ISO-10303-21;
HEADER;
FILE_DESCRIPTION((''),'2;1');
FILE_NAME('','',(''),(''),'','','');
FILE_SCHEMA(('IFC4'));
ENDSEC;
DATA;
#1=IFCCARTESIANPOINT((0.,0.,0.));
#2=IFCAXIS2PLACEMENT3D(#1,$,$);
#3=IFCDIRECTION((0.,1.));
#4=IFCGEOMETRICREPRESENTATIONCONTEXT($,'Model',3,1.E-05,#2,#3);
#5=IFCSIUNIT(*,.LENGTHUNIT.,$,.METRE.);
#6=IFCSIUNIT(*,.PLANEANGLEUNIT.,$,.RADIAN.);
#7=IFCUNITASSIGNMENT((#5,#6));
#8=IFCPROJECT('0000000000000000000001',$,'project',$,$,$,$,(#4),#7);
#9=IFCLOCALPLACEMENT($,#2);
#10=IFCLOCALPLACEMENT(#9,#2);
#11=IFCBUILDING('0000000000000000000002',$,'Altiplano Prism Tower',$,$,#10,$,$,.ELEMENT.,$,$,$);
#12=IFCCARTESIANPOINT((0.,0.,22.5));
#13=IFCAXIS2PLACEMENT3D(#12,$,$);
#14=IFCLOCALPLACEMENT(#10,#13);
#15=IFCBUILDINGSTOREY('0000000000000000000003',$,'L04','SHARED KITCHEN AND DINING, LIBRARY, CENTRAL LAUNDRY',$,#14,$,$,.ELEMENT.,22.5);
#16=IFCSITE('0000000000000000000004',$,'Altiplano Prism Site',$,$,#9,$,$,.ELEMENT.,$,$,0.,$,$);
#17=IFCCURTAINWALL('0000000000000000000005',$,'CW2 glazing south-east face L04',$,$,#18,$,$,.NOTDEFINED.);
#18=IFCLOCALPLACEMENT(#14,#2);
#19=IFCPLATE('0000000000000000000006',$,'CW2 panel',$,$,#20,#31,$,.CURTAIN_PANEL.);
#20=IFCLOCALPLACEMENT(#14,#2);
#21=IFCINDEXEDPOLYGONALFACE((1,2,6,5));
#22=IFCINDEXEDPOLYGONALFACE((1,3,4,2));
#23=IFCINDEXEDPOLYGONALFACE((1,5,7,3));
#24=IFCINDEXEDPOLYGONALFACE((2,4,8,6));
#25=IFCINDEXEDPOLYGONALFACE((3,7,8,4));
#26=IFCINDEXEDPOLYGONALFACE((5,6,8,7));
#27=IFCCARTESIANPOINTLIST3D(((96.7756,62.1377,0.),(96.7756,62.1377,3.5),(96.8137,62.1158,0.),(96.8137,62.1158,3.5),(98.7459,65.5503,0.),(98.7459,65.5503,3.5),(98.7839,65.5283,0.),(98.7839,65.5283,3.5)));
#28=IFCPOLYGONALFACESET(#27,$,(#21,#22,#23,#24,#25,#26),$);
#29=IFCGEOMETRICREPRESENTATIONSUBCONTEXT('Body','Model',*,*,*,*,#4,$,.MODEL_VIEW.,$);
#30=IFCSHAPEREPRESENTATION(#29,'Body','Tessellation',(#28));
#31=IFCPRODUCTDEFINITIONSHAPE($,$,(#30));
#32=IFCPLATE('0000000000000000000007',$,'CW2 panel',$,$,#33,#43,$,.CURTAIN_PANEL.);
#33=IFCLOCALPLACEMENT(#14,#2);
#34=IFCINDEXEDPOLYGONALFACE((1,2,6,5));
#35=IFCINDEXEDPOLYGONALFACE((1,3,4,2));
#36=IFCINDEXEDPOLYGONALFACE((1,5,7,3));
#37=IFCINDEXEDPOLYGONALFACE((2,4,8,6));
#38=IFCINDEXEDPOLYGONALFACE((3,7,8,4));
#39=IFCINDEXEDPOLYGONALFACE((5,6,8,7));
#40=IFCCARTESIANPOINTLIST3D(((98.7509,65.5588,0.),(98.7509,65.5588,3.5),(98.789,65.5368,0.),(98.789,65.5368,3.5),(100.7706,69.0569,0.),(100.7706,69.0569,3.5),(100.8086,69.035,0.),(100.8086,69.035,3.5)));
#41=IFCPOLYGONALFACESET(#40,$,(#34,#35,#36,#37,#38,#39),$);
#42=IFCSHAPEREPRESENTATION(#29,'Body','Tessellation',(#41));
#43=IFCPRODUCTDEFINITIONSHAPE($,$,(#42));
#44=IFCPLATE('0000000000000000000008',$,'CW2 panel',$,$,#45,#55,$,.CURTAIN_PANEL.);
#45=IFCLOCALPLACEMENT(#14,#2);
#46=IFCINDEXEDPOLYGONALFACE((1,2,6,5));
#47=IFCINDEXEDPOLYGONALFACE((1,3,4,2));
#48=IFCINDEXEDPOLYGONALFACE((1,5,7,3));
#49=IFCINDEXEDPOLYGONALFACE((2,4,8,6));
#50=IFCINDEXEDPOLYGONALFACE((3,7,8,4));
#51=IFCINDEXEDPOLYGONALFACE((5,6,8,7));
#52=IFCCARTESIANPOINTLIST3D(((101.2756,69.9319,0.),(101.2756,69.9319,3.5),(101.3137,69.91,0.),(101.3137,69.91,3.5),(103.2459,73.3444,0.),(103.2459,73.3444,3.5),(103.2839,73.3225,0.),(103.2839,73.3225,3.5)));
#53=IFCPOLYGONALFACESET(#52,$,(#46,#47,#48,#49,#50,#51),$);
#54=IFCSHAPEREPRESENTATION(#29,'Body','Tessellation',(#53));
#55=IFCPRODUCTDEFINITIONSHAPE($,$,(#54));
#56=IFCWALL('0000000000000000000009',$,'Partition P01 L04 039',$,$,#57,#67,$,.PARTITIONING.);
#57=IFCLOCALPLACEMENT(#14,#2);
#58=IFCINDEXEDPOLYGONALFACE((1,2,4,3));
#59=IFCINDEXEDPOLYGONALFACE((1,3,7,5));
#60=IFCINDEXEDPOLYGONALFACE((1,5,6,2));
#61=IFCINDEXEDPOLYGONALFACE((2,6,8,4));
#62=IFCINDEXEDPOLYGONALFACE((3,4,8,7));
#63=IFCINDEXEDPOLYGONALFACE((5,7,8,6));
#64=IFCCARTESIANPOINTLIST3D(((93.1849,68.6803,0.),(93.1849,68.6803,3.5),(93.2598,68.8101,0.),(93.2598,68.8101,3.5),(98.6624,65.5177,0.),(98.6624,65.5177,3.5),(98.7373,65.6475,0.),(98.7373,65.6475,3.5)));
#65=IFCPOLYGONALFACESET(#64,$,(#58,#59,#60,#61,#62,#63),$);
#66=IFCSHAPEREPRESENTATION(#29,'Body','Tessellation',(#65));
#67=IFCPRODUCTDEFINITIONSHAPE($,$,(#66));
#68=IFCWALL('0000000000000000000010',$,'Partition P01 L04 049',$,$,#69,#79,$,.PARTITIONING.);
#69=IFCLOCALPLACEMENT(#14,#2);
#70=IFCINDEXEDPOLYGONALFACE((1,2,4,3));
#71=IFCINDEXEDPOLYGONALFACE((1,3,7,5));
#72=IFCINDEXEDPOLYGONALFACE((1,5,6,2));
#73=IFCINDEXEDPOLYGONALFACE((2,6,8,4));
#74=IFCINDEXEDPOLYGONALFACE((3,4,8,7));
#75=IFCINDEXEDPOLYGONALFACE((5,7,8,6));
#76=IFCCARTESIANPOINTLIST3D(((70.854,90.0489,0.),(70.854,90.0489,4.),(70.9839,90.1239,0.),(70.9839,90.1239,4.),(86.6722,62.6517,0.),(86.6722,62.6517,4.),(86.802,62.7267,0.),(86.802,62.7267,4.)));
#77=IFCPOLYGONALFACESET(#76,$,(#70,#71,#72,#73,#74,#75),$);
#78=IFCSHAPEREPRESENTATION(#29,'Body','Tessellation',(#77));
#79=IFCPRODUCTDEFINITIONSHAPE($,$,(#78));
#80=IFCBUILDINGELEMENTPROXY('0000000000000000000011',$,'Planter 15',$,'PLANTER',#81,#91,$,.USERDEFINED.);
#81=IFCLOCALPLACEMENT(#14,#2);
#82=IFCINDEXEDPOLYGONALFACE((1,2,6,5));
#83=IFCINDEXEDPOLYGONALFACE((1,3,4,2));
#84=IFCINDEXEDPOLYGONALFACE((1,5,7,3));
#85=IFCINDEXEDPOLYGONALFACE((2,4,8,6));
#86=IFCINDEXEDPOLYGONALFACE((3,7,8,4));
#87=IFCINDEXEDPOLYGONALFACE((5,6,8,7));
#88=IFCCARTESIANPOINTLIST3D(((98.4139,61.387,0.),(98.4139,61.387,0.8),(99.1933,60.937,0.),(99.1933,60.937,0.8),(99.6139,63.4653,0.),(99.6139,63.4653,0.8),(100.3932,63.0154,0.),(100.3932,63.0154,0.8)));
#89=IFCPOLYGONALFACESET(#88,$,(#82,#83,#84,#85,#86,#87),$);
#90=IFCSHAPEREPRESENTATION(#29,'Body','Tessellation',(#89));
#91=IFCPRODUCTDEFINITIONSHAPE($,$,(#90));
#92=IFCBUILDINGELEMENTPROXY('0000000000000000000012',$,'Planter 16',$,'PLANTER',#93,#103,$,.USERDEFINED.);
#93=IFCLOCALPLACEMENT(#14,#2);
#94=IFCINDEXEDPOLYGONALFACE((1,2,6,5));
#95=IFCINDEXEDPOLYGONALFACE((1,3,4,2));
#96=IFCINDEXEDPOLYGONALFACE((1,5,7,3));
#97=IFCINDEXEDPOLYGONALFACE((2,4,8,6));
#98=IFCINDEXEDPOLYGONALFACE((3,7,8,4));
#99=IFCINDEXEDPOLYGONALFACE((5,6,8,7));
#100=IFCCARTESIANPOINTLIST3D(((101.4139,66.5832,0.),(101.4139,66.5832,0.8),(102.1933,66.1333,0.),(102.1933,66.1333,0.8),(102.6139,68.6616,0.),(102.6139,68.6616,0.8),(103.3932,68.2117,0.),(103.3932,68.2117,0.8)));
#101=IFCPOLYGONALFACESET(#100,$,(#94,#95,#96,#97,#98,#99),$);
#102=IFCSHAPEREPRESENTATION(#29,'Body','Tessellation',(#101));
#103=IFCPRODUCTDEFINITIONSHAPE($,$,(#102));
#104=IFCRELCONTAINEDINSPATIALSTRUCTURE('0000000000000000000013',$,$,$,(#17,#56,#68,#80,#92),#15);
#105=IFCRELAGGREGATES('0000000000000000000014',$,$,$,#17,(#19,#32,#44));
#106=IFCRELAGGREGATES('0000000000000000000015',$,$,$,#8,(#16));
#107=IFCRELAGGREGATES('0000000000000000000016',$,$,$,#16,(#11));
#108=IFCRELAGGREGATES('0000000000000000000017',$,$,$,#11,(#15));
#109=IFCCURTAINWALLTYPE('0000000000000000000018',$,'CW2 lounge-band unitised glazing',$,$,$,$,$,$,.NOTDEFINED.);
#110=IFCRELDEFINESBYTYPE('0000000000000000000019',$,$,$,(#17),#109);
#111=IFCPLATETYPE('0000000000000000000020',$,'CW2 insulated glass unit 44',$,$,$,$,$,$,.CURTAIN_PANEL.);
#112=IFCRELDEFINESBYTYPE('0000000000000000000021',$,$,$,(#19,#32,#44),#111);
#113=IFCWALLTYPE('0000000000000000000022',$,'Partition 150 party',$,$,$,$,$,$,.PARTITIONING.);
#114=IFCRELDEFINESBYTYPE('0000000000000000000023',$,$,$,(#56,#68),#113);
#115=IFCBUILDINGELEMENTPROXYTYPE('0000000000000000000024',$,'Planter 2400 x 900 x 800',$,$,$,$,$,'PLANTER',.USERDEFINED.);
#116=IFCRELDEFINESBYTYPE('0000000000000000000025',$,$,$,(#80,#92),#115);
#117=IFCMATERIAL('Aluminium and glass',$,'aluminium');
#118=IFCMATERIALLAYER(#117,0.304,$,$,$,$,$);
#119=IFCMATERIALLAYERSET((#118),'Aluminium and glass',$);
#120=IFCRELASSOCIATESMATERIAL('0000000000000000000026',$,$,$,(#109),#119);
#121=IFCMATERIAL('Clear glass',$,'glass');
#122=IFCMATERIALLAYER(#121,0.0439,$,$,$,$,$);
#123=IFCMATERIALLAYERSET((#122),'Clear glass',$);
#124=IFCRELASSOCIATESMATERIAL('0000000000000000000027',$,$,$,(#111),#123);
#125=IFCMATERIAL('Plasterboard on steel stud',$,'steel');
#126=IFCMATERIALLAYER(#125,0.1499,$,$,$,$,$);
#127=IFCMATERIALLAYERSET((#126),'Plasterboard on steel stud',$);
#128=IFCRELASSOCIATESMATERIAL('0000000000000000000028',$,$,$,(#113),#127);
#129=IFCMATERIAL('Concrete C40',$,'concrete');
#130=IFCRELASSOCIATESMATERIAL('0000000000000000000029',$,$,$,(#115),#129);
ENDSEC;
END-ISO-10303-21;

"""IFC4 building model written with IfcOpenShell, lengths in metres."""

from ifc_helpers import new_model, si_unit, direction, frame, frame_2d, origin, origin_2d, place, context, subcontext, project, spatial, rectangle, extrude, material, layer, layer_set, type_object, element, aggregate, save


model = new_model("IFC4")

# Units and contexts
model_context = context("Model", 3, precision=1e-05, world=origin(), true_north=direction((0.0, 1.0)))
body_context = subcontext(model_context, "Body", "Model", "MODEL_VIEW")
ifc_project = project(units=[si_unit("LENGTHUNIT", "METRE"), si_unit("PLANEANGLEUNIT", "RADIAN")], contexts=[model_context])

# Site, building, storey
site_placement = place(None, origin())
site = spatial("IfcSite", under=ifc_project, at=site_placement, Name="Altiplano Prism Site", CompositionType="ELEMENT", RefElevation=0.0)
building_placement = place(site_placement, origin())
building = spatial("IfcBuilding", under=site, at=building_placement, Name="Altiplano Prism Tower", CompositionType="ELEMENT")
storey_placement = place(building_placement, frame((0.0, 0.0, 22.5)))
storey = spatial("IfcBuildingStorey", under=building, at=storey_placement, Name="L04", Description="SHARED KITCHEN AND DINING, LIBRARY, CENTRAL LAUNDRY", CompositionType="ELEMENT", Elevation=22.5)

# Curtain wall
ifc_material_1 = material(Name="Aluminium and glass", Category="aluminium")
ifc_layer_1 = layer(ifc_material_1, 0.304)
ifc_layer_set_1 = layer_set([ifc_layer_1], Name="Aluminium and glass")
curtain_wall_type = type_object("IfcCurtainWallType", Name="CW2 lounge-band unitised glazing", PredefinedType="NOTDEFINED", material=ifc_layer_set_1)
curtain_wall_placement = place(storey_placement, origin())
curtain_wall = element("IfcCurtainWall", 1, at=curtain_wall_placement, inside=storey, type_object=curtain_wall_type, Name="CW2 glazing south-east face L04", PredefinedType="NOTDEFINED")

# Plates
ifc_material_2 = material(Name="Clear glass", Category="glass")
ifc_layer_2 = layer(ifc_material_2, 0.0439)
ifc_layer_set_2 = layer_set([ifc_layer_2], Name="Clear glass")
plate_type = type_object("IfcPlateType", Name="CW2 insulated glass unit 44", PredefinedType="CURTAIN_PANEL", material=ifc_layer_set_2)
plate_1_placement = place(storey_placement, frame((97.7798, 63.833, 0.0), z_axis=(0.0, 0.0, 1.0), x_axis=(0.5, 0.866025, 0.0)))
plate_1 = element("IfcPlate", 2, at=plate_1_placement, type_object=plate_type, Name="CW2 panel", PredefinedType="CURTAIN_PANEL", context=body_context, shape_type="SweptSolid", body=[
    extrude(rectangle(XDim=3.9404, YDim=0.0439, at=origin_2d()), origin(), (0.0, 0.0, 1.0), 3.5),
])
plate_2_placement = place(storey_placement, frame((99.7798, 67.2969, 0.0), z_axis=(0.0, 0.0, 1.0), x_axis=(0.5, 0.866025, 0.0)))
plate_2 = element("IfcPlate", 3, at=plate_2_placement, type_object=plate_type, Name="CW2 panel", PredefinedType="CURTAIN_PANEL", context=body_context, shape_type="SweptSolid", body=[
    extrude(rectangle(XDim=4.0393, YDim=0.0439, at=origin_2d()), origin(), (0.0, 0.0, 1.0), 3.5),
])
plate_3_placement = place(storey_placement, frame((102.2798, 71.6272, 0.0), z_axis=(0.0, 0.0, 1.0), x_axis=(0.5, 0.866025, 0.0)))
plate_3 = element("IfcPlate", 4, at=plate_3_placement, type_object=plate_type, Name="CW2 panel", PredefinedType="CURTAIN_PANEL", context=body_context, shape_type="SweptSolid", body=[
    extrude(rectangle(XDim=3.9404, YDim=0.0439, at=origin_2d()), origin(), (0.0, 0.0, 1.0), 3.5),
])
aggregate(curtain_wall, [plate_1, plate_2, plate_3])

# Walls
ifc_material_3 = material(Name="Plasterboard on steel stud", Category="steel")
ifc_layer_3 = layer(ifc_material_3, 0.1499)
ifc_layer_set_3 = layer_set([ifc_layer_3], Name="Plasterboard on steel stud")
wall_type = type_object("IfcWallType", Name="Partition 150 party", PredefinedType="PARTITIONING", material=ifc_layer_set_3)
wall_1_placement = place(storey_placement, frame((98.7, 65.5825, 0.0), z_axis=(0.0, 0.0, 1.0), x_axis=(-0.866016, 0.500016, 0.0)))
element("IfcWall", 5, at=wall_1_placement, inside=storey, type_object=wall_type, Name="Partition P01 L04 039", PredefinedType="PARTITIONING", context=body_context, shape_type="SweptSolid", body=[
    extrude(rectangle(XDim=6.325, YDim=0.1499, at=frame_2d((3.1626, 0.0))), origin(), (0.0, 0.0, 1.0), 3.5),
])
wall_2_placement = place(storey_placement, frame((86.7371, 62.6892, 0.0), z_axis=(0.0, 0.0, 1.0), x_axis=(-0.500008, 0.866021, 0.0)))
element("IfcWall", 6, at=wall_2_placement, inside=storey, type_object=wall_type, Name="Partition P01 L04 049", PredefinedType="PARTITIONING", context=body_context, shape_type="SweptSolid", body=[
    extrude(rectangle(XDim=31.6357, YDim=0.1499, at=frame_2d((15.8179, 0.0))), origin(), (0.0, 0.0, 1.0), 4.0),
])

# Building element proxies
ifc_material_4 = material(Name="Concrete C40", Category="concrete")
building_element_proxy_type = type_object("IfcBuildingElementProxyType", Name="Planter 2400 x 900 x 800", ElementType="PLANTER", PredefinedType="USERDEFINED", material=ifc_material_4)
for number, where, z_axis, x_axis, name in (
    (7, (99.4036, 62.2012, 0.0), (0.0, 0.0, 1.0), (0.5, 0.866025, 0.0), "Planter 15"),
    (8, (102.4036, 67.3975, 0.0), (0.0, 0.0, 1.0), (0.5, 0.866025, 0.0), "Planter 16"),
):
    element("IfcBuildingElementProxy", number, at=place(storey_placement, frame(where, z_axis=z_axis, x_axis=x_axis)), inside=storey, type_object=building_element_proxy_type, Name=name, ObjectType="PLANTER", PredefinedType="USERDEFINED", context=body_context, shape_type="SweptSolid", body=[
        extrude(rectangle(XDim=2.3999, YDim=0.8999, at=origin_2d()), origin(), (0.0, 0.0, 1.0), 0.8),
    ])

save(model, "model.ifc")
